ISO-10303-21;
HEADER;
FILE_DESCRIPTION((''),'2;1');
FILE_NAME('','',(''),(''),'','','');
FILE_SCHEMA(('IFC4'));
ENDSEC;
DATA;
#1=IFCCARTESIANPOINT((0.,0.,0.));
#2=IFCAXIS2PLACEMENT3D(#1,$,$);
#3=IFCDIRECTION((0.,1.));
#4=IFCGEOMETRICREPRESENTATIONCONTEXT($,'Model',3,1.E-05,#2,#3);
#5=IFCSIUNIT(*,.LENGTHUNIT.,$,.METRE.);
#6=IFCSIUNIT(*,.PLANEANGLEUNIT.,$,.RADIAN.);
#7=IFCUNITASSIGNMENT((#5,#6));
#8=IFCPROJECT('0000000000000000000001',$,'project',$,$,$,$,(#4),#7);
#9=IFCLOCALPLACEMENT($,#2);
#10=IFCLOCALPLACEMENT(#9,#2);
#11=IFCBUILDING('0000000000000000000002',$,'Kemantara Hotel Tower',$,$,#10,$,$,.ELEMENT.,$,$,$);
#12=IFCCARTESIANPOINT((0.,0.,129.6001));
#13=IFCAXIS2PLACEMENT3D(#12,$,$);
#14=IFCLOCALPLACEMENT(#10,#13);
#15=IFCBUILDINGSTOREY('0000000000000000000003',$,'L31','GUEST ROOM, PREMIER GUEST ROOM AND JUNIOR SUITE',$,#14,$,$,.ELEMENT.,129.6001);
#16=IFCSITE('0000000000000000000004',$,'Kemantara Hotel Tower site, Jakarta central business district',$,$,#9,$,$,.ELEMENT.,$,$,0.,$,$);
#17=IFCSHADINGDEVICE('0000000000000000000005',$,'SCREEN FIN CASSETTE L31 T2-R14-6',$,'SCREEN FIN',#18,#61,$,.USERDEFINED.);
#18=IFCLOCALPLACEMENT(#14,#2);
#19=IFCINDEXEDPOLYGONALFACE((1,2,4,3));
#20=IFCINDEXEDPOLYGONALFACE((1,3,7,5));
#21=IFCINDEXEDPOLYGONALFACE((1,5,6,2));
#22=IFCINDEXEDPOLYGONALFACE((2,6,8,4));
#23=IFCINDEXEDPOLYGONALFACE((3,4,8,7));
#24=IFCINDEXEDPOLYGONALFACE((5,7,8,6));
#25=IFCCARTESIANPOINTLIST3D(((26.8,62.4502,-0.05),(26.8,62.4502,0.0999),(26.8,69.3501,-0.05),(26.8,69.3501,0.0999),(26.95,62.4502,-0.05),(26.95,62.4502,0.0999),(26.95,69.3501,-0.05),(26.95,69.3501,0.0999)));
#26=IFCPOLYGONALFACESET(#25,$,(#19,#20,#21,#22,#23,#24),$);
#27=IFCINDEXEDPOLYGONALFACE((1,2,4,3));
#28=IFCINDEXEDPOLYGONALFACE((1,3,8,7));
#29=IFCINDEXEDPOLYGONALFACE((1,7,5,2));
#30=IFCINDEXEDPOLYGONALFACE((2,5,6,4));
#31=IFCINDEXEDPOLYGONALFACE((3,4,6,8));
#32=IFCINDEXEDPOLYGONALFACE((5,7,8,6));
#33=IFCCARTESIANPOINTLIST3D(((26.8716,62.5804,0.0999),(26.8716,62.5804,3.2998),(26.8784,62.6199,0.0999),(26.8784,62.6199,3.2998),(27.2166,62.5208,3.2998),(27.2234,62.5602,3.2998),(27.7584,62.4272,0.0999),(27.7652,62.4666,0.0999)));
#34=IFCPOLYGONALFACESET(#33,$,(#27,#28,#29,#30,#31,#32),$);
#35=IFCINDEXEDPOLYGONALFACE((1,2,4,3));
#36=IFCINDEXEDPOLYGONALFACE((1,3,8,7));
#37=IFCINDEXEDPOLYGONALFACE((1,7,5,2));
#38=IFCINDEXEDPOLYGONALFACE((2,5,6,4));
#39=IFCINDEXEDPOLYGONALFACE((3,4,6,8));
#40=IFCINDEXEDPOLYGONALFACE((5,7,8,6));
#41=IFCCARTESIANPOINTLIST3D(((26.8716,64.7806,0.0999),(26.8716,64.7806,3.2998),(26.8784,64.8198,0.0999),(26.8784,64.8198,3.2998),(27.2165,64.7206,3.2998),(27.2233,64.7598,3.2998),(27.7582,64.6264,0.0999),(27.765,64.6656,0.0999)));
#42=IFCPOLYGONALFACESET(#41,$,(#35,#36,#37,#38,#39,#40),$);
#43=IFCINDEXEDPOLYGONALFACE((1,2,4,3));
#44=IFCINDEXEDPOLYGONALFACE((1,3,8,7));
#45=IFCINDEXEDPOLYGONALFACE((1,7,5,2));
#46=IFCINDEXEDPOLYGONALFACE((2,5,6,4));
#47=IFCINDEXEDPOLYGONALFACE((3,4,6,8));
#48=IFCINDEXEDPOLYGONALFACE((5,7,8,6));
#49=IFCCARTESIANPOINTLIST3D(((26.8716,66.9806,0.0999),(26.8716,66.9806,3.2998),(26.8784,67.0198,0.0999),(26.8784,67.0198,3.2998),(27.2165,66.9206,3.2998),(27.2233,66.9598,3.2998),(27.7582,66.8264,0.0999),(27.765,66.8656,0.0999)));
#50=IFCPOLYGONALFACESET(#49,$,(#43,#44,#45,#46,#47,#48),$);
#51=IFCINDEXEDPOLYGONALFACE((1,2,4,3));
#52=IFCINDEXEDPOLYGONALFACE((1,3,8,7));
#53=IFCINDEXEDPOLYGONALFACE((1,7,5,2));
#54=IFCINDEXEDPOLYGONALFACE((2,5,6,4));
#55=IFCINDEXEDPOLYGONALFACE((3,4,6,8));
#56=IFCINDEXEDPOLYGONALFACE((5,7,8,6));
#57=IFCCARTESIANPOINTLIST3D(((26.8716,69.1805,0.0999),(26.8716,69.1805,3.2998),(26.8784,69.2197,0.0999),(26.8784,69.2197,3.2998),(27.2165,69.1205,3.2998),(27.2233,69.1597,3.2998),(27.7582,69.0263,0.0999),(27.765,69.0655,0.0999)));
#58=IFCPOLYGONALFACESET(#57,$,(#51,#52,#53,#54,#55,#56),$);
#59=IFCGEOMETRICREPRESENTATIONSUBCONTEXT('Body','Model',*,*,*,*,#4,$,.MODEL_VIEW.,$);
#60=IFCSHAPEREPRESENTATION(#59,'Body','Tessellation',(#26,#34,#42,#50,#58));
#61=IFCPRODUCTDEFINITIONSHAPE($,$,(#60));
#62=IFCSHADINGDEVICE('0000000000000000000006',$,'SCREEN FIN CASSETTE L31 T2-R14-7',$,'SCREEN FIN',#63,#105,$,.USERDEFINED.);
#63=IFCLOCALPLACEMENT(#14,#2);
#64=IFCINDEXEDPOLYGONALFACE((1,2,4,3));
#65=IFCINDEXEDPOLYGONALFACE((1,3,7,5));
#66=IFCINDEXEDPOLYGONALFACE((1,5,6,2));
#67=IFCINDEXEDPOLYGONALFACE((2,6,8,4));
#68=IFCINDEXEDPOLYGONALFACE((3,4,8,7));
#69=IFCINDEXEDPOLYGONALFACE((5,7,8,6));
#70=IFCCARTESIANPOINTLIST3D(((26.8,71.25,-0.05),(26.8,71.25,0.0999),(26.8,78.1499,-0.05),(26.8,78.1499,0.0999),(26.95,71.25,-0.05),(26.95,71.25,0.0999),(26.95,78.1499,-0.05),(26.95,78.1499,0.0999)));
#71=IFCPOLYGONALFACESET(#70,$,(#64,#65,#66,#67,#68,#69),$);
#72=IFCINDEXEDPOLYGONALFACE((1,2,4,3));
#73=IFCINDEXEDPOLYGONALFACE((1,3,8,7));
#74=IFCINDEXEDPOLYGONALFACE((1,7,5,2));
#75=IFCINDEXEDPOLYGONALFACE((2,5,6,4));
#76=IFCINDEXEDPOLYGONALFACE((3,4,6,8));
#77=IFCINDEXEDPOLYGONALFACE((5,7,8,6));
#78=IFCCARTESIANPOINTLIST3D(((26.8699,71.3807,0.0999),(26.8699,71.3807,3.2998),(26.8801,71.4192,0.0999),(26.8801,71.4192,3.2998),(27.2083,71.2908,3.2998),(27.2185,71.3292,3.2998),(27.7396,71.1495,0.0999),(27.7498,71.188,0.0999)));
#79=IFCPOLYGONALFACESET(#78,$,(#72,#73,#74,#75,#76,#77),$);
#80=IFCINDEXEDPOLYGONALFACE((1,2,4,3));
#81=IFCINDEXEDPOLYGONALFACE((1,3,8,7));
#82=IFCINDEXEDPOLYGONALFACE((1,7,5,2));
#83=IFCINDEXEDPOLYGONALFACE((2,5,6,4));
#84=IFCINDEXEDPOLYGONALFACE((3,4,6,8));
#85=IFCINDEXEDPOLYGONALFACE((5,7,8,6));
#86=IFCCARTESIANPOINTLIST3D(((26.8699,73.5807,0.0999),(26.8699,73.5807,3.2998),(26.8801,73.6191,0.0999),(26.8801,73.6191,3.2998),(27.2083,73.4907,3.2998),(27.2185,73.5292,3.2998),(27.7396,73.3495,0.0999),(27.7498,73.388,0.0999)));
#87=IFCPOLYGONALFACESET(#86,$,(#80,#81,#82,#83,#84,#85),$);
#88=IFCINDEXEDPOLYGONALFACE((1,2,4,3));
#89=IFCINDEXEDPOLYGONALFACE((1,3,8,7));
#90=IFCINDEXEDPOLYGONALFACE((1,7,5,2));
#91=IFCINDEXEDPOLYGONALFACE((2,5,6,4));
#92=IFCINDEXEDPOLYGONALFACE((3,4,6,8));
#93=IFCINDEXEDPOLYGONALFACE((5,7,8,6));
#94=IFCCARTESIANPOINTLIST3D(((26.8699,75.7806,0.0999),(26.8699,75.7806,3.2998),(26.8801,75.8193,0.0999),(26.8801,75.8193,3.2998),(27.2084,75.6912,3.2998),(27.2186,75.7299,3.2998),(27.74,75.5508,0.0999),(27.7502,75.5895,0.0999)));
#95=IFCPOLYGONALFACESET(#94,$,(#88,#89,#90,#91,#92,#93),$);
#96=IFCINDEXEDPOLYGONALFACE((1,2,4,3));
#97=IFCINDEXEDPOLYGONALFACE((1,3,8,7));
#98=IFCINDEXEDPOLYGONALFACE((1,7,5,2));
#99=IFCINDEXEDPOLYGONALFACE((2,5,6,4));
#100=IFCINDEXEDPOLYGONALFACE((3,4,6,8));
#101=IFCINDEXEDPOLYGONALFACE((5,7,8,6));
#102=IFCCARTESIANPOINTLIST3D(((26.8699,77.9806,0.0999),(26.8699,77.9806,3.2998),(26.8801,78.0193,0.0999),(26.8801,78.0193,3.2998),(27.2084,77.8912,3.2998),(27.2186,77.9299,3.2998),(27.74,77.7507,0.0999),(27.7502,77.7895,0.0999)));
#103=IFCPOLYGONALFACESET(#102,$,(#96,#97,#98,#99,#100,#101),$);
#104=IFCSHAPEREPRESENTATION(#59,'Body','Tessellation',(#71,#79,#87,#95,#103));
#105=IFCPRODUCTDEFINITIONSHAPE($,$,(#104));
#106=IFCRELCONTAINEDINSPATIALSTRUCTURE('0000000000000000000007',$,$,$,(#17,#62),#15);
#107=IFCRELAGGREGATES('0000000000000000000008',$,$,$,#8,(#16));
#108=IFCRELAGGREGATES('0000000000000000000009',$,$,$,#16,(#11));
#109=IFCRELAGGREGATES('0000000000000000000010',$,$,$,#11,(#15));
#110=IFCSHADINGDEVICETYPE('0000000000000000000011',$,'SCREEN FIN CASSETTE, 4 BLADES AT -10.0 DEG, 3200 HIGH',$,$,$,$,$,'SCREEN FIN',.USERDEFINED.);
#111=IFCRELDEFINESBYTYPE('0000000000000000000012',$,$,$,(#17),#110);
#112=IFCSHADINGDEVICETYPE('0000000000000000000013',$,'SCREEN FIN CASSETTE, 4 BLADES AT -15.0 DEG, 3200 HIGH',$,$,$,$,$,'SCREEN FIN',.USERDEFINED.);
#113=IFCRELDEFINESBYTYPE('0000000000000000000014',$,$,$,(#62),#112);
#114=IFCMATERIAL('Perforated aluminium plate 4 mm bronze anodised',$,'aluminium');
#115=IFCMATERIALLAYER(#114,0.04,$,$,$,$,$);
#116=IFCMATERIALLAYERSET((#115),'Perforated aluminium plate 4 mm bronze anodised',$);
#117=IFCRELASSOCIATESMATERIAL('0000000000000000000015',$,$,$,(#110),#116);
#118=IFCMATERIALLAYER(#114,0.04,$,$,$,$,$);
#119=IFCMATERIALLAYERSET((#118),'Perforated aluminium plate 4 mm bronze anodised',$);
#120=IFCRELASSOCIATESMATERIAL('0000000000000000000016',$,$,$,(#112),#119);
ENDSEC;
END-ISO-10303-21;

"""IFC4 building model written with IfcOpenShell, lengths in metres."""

from ifc_helpers import new_model, si_unit, direction, frame, origin, origin_2d, place, context, subcontext, project, spatial, polyline, rectangle, outline, extrude, source, transform, mapped, material, layer, layer_set, type_object, element, save


model = new_model("IFC4")

# Units and contexts
model_context = context("Model", 3, precision=1e-05, world=origin(), true_north=direction((0.0, 1.0)))
body_context = subcontext(model_context, "Body", "Model", "MODEL_VIEW")
ifc_project = project(units=[si_unit("LENGTHUNIT", "METRE"), si_unit("PLANEANGLEUNIT", "RADIAN")], contexts=[model_context])

# Site, building, storey
site_placement = place(None, origin())
site = spatial("IfcSite", under=ifc_project, at=site_placement, Name="Kemantara Hotel Tower site, Jakarta central business district", CompositionType="ELEMENT", RefElevation=0.0)
building_placement = place(site_placement, origin())
building = spatial("IfcBuilding", under=site, at=building_placement, Name="Kemantara Hotel Tower", CompositionType="ELEMENT")
storey_placement = place(building_placement, frame((0.0, 0.0, 129.6001)))
storey = spatial("IfcBuildingStorey", under=building, at=storey_placement, Name="L31", Description="GUEST ROOM, PREMIER GUEST ROOM AND JUNIOR SUITE", CompositionType="ELEMENT", Elevation=129.6001)

# Shading devices
ifc_material_1 = material(Name="Perforated aluminium plate 4 mm bronze anodised", Category="aluminium")
ifc_layer_1 = layer(ifc_material_1, 0.04)
ifc_layer_set_1 = layer_set([ifc_layer_1], Name="Perforated aluminium plate 4 mm bronze anodised")
shading_device_type_1 = type_object("IfcShadingDeviceType", Name="SCREEN FIN CASSETTE, 4 BLADES AT -10.0 DEG, 3200 HIGH", ElementType="SCREEN FIN", PredefinedType="USERDEFINED", material=ifc_layer_set_1)
shared_shape_1 = source(origin(), body_context, "Body", "SweptSolid", [
    extrude(rectangle(XDim=6.8999, YDim=0.1499, at=origin_2d()), frame((3.3, -0.075, -0.1499), z_axis=(0.0, 0.0, 1.0), x_axis=(1.0, 0.0, 0.0)), (0.0, 0.0, 1.0), 0.1499),
    extrude(outline(polyline([(0.0, 0.0), (0.8999, 0.0), (0.3501, 3.2), (0.0, 3.2), (0.0, 0.0)])), frame((0.0198, -0.0784, 0.0), z_axis=(-0.98539, 0.170314, 0.0), x_axis=(-0.170314, -0.98539, 0.0)), (0.0, 0.0, 1.0), 0.04),
    extrude(outline(polyline([(0.0, 0.0), (0.8999, 0.0), (0.3501, 3.2), (0.0, 3.2), (0.0, 0.0)])), frame((2.2197, -0.0784, 0.0), z_axis=(-0.985212, 0.171341, 0.0), x_axis=(-0.171341, -0.985212, 0.0)), (0.0, 0.0, 1.0), 0.0398),
    extrude(outline(polyline([(0.0, 0.0), (0.8999, 0.0), (0.3501, 3.2), (0.0, 3.2), (0.0, 0.0)])), frame((4.4197, -0.0784, 0.0), z_axis=(-0.985212, 0.171341, 0.0), x_axis=(-0.171341, -0.985212, 0.0)), (0.0, 0.0, 1.0), 0.0398),
    extrude(outline(polyline([(0.0, 0.0), (0.8999, 0.0), (0.3501, 3.2), (0.0, 3.2), (0.0, 0.0)])), frame((6.6196, -0.0784, 0.0), z_axis=(-0.985212, 0.171341, 0.0), x_axis=(-0.171341, -0.985212, 0.0)), (0.0, 0.0, 1.0), 0.0398),
])
shading_device_1_placement = place(storey_placement, frame((26.8, 62.6001, 0.0999), z_axis=(0.0, 0.0, 1.0), x_axis=(0.0, 1.0, 0.0)))
element("IfcShadingDevice", 1, at=shading_device_1_placement, inside=storey, type_object=shading_device_type_1, Name="SCREEN FIN CASSETTE L31 T2-R14-6", ObjectType="SCREEN FIN", PredefinedType="USERDEFINED", context=body_context, shape_type="MappedRepresentation", body=[
    mapped(shared_shape_1, transform((0.0, 0.0, 0.0))),
])
ifc_layer_2 = layer(ifc_material_1, 0.04)
ifc_layer_set_2 = layer_set([ifc_layer_2], Name="Perforated aluminium plate 4 mm bronze anodised")
shading_device_type_2 = type_object("IfcShadingDeviceType", Name="SCREEN FIN CASSETTE, 4 BLADES AT -15.0 DEG, 3200 HIGH", ElementType="SCREEN FIN", PredefinedType="USERDEFINED", material=ifc_layer_set_2)
shared_shape_2 = source(origin(), body_context, "Body", "SweptSolid", [
    extrude(rectangle(XDim=6.8999, YDim=0.1499, at=origin_2d()), frame((3.3, -0.075, -0.1499), z_axis=(0.0, 0.0, 1.0), x_axis=(1.0, 0.0, 0.0)), (0.0, 0.0, 1.0), 0.1499),
    extrude(outline(polyline([(0.0, 0.0), (0.8999, 0.0), (0.3501, 3.2), (0.0, 3.2), (0.0, 0.0)])), frame((0.0193, -0.0801, 0.0), z_axis=(-0.966438, 0.256901, 0.0), x_axis=(-0.256901, -0.966438, 0.0)), (0.0, 0.0, 1.0), 0.0398),
    extrude(outline(polyline([(0.0, 0.0), (0.8999, 0.0), (0.3501, 3.2), (0.0, 3.2), (0.0, 0.0)])), frame((2.2192, -0.0801, 0.0), z_axis=(-0.966438, 0.256901, 0.0), x_axis=(-0.256901, -0.966438, 0.0)), (0.0, 0.0, 1.0), 0.0398),
    extrude(outline(polyline([(0.0, 0.0), (0.8999, 0.0), (0.3501, 3.2), (0.0, 3.2), (0.0, 0.0)])), frame((4.4194, -0.0801, 0.0), z_axis=(-0.966838, 0.255391, 0.0), x_axis=(-0.255391, -0.966838, 0.0)), (0.0, 0.0, 1.0), 0.04),
    extrude(outline(polyline([(0.0, 0.0), (0.8999, 0.0), (0.3501, 3.2), (0.0, 3.2), (0.0, 0.0)])), frame((6.6194, -0.0801, 0.0), z_axis=(-0.966838, 0.255391, 0.0), x_axis=(-0.255391, -0.966838, 0.0)), (0.0, 0.0, 1.0), 0.04),
])
shading_device_2_placement = place(storey_placement, frame((26.8, 71.3999, 0.0999), z_axis=(0.0, 0.0, 1.0), x_axis=(0.0, 1.0, 0.0)))
element("IfcShadingDevice", 2, at=shading_device_2_placement, inside=storey, type_object=shading_device_type_2, Name="SCREEN FIN CASSETTE L31 T2-R14-7", ObjectType="SCREEN FIN", PredefinedType="USERDEFINED", context=body_context, shape_type="MappedRepresentation", body=[
    mapped(shared_shape_2, transform((0.0, 0.0, 0.0))),
])

save(model, "model.ifc")
